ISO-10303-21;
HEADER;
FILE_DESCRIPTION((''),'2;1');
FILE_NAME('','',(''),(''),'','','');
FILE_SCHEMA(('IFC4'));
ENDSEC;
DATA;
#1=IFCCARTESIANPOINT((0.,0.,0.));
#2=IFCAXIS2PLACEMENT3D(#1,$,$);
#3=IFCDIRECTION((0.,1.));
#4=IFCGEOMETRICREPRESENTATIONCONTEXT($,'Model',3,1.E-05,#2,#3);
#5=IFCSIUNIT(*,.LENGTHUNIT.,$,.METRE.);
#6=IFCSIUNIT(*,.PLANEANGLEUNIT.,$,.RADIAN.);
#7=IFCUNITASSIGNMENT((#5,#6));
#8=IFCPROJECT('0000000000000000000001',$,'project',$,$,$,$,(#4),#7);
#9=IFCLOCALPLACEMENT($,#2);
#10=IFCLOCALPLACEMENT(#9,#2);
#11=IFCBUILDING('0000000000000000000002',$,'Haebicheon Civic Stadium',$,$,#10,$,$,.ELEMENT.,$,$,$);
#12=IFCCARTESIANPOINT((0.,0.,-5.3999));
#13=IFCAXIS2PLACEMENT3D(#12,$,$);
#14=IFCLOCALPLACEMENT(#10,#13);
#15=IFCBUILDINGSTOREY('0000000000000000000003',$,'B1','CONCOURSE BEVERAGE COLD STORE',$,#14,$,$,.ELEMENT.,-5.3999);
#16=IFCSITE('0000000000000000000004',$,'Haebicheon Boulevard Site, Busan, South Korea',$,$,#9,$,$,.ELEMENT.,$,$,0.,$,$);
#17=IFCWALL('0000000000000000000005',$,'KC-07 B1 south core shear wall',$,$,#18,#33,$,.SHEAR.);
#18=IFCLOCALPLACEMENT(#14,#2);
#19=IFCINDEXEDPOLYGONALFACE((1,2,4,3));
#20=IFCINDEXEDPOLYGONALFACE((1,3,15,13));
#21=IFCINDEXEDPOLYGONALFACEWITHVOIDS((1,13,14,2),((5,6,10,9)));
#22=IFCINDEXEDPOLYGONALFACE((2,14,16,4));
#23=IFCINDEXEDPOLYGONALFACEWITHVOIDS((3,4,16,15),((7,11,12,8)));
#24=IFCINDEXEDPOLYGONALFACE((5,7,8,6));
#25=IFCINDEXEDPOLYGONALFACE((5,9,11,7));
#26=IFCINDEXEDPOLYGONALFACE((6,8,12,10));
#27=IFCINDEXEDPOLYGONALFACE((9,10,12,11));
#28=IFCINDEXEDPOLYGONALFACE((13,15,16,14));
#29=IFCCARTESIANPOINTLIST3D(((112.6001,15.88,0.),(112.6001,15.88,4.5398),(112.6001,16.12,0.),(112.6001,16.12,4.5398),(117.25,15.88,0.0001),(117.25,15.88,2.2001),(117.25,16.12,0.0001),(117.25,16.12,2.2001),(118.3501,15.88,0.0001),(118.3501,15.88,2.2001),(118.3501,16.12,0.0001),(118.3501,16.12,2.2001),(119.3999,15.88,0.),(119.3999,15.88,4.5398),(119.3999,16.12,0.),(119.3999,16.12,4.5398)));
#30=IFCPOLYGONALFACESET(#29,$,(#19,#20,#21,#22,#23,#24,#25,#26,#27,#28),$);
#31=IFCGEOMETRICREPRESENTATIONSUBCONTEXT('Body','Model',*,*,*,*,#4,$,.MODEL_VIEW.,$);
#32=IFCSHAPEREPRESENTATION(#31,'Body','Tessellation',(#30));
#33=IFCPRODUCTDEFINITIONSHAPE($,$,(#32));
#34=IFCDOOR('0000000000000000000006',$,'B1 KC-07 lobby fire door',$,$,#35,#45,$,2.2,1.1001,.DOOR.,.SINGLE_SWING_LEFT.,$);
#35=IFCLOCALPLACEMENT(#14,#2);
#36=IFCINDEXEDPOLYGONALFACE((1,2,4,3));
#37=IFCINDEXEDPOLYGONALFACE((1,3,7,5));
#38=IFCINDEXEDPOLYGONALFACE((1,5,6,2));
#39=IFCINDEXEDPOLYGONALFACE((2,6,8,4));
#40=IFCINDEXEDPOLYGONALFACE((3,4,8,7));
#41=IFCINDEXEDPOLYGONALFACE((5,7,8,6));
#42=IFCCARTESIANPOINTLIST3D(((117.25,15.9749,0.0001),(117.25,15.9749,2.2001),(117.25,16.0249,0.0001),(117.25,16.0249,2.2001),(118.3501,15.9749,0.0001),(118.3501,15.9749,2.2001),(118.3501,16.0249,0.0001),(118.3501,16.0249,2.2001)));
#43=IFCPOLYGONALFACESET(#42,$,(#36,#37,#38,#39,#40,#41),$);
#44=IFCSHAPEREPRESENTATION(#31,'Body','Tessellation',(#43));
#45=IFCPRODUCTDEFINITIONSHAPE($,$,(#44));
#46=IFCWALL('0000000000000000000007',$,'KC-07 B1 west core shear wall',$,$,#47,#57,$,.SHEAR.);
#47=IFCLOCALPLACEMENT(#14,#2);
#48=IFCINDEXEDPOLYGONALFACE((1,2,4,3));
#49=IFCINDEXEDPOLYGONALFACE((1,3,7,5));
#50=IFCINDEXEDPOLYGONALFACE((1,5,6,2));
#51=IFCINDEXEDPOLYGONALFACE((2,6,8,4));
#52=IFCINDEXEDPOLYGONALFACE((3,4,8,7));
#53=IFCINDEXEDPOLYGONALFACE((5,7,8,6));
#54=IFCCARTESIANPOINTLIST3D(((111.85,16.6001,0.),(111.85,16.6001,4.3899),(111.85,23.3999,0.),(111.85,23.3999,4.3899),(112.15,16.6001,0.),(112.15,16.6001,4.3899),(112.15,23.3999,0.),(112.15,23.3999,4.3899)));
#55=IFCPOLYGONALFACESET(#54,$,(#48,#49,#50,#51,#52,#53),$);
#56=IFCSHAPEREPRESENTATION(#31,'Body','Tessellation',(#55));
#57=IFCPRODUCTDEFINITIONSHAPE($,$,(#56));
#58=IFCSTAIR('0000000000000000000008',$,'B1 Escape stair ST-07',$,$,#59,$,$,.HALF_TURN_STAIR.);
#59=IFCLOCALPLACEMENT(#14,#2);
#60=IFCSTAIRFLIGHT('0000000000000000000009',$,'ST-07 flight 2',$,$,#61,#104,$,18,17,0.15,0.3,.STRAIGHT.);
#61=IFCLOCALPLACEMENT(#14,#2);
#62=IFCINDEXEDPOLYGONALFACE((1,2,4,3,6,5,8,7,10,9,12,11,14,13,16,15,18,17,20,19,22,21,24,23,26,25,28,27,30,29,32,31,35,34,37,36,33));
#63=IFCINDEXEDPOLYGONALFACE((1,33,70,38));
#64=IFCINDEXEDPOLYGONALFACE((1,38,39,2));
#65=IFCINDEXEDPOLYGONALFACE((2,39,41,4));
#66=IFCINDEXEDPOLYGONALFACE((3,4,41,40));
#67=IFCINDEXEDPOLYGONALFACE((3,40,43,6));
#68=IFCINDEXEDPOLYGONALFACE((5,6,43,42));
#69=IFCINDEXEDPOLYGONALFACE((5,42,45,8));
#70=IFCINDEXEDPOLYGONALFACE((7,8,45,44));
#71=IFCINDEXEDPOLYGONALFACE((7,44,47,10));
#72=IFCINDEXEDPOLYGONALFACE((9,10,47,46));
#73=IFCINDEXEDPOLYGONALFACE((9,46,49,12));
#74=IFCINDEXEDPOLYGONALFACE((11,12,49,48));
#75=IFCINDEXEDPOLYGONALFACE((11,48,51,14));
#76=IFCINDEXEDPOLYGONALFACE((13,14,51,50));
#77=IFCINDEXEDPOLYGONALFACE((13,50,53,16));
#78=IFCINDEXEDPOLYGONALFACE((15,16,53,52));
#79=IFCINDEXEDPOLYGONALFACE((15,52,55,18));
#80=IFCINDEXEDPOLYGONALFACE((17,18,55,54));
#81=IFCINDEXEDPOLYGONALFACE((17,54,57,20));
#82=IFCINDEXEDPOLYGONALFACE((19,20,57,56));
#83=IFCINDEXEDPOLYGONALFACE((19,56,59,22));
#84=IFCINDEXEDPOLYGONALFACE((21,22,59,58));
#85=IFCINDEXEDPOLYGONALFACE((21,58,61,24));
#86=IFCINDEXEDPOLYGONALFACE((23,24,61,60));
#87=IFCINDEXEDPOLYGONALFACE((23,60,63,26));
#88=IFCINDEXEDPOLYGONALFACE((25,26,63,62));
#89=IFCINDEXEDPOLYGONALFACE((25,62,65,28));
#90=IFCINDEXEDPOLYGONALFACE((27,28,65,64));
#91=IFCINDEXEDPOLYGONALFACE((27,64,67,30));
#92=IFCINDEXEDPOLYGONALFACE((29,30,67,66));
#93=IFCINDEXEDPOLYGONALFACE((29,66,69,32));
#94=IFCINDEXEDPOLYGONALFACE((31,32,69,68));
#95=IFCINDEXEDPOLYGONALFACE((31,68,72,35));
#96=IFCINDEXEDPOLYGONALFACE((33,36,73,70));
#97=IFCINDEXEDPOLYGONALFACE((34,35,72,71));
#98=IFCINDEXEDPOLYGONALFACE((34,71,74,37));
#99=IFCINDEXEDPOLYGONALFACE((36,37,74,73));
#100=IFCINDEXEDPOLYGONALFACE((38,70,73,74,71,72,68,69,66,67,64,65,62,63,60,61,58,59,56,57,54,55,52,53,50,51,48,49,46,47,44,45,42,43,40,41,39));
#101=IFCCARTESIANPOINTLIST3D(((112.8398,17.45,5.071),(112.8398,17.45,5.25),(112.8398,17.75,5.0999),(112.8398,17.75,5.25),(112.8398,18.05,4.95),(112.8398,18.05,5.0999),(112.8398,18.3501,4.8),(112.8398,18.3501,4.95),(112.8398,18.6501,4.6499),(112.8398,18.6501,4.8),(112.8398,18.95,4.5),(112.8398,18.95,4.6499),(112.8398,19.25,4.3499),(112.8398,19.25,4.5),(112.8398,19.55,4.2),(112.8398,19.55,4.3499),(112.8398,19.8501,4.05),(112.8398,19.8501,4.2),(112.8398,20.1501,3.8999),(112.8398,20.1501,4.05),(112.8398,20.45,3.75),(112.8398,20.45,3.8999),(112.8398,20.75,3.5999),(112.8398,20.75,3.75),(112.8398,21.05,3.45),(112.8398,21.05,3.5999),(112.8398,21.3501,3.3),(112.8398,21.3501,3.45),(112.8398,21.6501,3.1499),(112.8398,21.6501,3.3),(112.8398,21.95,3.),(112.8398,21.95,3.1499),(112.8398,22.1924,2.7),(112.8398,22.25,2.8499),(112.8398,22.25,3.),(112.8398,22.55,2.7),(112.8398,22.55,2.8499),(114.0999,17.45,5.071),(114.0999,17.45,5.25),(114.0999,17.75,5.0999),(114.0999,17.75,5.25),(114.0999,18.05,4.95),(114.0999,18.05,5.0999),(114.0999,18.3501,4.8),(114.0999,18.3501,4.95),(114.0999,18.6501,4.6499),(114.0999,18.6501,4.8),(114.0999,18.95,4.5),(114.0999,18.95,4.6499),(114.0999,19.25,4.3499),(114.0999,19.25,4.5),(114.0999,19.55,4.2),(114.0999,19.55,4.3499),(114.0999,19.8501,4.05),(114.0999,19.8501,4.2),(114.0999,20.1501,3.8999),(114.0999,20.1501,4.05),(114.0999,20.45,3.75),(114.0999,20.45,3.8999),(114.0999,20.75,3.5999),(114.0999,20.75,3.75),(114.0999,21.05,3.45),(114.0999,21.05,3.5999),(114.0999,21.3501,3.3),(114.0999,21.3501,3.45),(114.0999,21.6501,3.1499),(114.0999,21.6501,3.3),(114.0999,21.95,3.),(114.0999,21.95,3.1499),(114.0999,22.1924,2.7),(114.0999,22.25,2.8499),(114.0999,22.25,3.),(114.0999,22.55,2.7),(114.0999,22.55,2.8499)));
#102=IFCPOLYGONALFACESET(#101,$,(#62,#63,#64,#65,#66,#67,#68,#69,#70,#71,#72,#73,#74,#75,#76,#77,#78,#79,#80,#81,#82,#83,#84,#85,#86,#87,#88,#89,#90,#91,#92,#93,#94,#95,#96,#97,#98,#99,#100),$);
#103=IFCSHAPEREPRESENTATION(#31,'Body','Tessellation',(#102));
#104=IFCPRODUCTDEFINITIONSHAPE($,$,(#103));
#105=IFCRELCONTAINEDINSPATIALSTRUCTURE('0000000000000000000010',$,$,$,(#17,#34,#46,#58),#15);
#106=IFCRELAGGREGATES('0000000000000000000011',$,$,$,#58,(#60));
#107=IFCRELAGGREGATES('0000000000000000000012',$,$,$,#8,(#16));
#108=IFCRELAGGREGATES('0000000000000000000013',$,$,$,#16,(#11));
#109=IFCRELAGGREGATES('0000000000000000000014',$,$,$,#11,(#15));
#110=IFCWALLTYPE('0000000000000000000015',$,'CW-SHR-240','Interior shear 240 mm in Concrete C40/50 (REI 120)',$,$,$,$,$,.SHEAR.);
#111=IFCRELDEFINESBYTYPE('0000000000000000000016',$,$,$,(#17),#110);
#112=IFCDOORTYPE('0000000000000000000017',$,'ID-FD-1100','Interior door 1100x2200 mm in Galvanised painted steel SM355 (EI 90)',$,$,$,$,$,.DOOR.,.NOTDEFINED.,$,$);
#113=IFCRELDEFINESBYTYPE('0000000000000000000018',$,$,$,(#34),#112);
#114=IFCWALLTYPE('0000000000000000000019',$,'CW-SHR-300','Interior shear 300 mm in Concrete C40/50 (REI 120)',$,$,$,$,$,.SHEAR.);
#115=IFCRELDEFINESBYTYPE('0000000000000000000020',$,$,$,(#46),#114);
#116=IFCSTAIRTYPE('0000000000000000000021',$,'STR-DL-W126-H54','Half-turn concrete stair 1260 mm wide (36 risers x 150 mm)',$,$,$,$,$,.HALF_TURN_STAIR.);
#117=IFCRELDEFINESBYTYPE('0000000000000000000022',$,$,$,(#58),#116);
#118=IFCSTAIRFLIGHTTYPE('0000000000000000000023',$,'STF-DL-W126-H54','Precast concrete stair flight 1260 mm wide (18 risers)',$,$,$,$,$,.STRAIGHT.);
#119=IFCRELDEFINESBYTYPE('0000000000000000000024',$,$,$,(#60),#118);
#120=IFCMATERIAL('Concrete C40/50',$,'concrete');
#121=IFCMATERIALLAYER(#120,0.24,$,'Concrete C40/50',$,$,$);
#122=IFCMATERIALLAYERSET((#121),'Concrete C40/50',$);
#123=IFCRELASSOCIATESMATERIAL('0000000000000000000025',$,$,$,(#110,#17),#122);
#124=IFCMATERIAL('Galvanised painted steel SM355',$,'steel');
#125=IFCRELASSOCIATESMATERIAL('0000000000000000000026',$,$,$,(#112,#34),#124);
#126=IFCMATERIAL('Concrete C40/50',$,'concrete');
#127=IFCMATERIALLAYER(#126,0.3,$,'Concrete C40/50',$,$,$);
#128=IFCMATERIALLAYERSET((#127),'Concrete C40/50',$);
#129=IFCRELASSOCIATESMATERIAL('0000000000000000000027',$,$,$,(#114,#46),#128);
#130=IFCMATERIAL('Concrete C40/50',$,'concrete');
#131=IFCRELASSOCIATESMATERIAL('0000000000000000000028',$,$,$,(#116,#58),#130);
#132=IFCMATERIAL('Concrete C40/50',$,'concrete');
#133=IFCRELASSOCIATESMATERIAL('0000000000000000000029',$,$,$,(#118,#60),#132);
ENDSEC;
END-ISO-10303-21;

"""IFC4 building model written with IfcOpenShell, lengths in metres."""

from ifc_helpers import new_model, si_unit, direction, frame, frame_2d, origin, place, context, subcontext, project, spatial, polyline, rectangle, outline, extrude, material, layer, layer_set, type_object, element, fill, aggregate, save


model = new_model("IFC4")

# Units and contexts
model_context = context("Model", 3, precision=1e-05, world=origin(), true_north=direction((0.0, 1.0)))
body_context = subcontext(model_context, "Body", "Model", "MODEL_VIEW")
ifc_project = project(units=[si_unit("LENGTHUNIT", "METRE"), si_unit("PLANEANGLEUNIT", "RADIAN")], contexts=[model_context])

# Site, building, storey
site_placement = place(None, origin())
site = spatial("IfcSite", under=ifc_project, at=site_placement, Name="Haebicheon Boulevard Site, Busan, South Korea", CompositionType="ELEMENT", RefElevation=0.0)
building_placement = place(site_placement, origin())
building = spatial("IfcBuilding", under=site, at=building_placement, Name="Haebicheon Civic Stadium", CompositionType="ELEMENT")
storey_placement = place(building_placement, frame((0.0, 0.0, -5.3999)))
storey = spatial("IfcBuildingStorey", under=building, at=storey_placement, Name="B1", Description="CONCOURSE BEVERAGE COLD STORE", CompositionType="ELEMENT", Elevation=-5.3999)

# Wall, opening, door
ifc_material_1 = material(Name="Concrete C40/50", Category="concrete")
ifc_layer_1 = layer(ifc_material_1, 0.24, Name="Concrete C40/50")
ifc_layer_set_1 = layer_set([ifc_layer_1], Name="Concrete C40/50")
wall_type_1 = type_object("IfcWallType", Name="CW-SHR-240", Description="Interior shear 240 mm in Concrete C40/50 (REI 120)", PredefinedType="SHEAR", material=ifc_layer_set_1)
wall_1_placement = place(storey_placement, frame((112.6001, 16.0, 0.0), z_axis=(0.0, 0.0, 1.0), x_axis=(1.0, 0.0, 0.0)))
wall_1 = element("IfcWall", 1, at=wall_1_placement, inside=storey, type_object=wall_type_1, material=ifc_layer_set_1, Name="KC-07 B1 south core shear wall", PredefinedType="SHEAR", context=body_context, shape_type="SweptSolid", body=[
    extrude(rectangle(XDim=6.7998, YDim=0.24, at=frame_2d((3.3999, 0.0))), origin(), (0.0, 0.0, 1.0), 4.5398),
])
opening_placement = place(wall_1_placement, frame((4.6499, 0.0, 0.0)))
opening = element("IfcOpeningElement", 2, at=opening_placement, cuts=wall_1, PredefinedType="OPENING", context=body_context, shape_type="SweptSolid", body=[
    extrude(rectangle(XDim=1.1001, YDim=2.2, at=frame_2d((0.55, 1.1001))), frame((0.0, 0.1299, 0.0), z_axis=(0.0, -1.0, 0.0), x_axis=(1.0, 0.0, 0.0)), (0.0, 0.0, 1.0), 0.26),
])
ifc_material_2 = material(Name="Galvanised painted steel SM355", Category="steel")
door_type = type_object("IfcDoorType", Name="ID-FD-1100", Description="Interior door 1100x2200 mm in Galvanised painted steel SM355 (EI 90)", OperationType="NOTDEFINED", PredefinedType="DOOR", material=ifc_material_2)
door_placement = place(opening_placement, origin())
door = element("IfcDoor", 3, at=door_placement, inside=storey, type_object=door_type, material=ifc_material_2, Name="B1 KC-07 lobby fire door", OperationType="SINGLE_SWING_LEFT", OverallHeight=2.2, OverallWidth=1.1001, PredefinedType="DOOR", context=body_context, shape_type="SweptSolid", body=[
    extrude(rectangle(XDim=1.1001, YDim=2.2, at=frame_2d((0.55, 1.1001))), frame((0.0, 0.0249, 0.0), z_axis=(0.0, -1.0, 0.0), x_axis=(1.0, 0.0, 0.0)), (0.0, 0.0, 1.0), 0.05),
])
fill(opening, door)

# Wall
ifc_material_3 = material(Name="Concrete C40/50", Category="concrete")
ifc_layer_2 = layer(ifc_material_3, 0.3, Name="Concrete C40/50")
ifc_layer_set_2 = layer_set([ifc_layer_2], Name="Concrete C40/50")
wall_type_2 = type_object("IfcWallType", Name="CW-SHR-300", Description="Interior shear 300 mm in Concrete C40/50 (REI 120)", PredefinedType="SHEAR", material=ifc_layer_set_2)
wall_2_placement = place(storey_placement, frame((112.0, 16.6001, 0.0), z_axis=(0.0, 0.0, 1.0), x_axis=(0.0, 1.0, 0.0)))
element("IfcWall", 4, at=wall_2_placement, inside=storey, type_object=wall_type_2, material=ifc_layer_set_2, Name="KC-07 B1 west core shear wall", PredefinedType="SHEAR", context=body_context, shape_type="SweptSolid", body=[
    extrude(rectangle(XDim=6.7998, YDim=0.3, at=frame_2d((3.3999, 0.0))), origin(), (0.0, 0.0, 1.0), 4.3899),
])

# Stair, stair flight
ifc_material_4 = material(Name="Concrete C40/50", Category="concrete")
stair_type = type_object("IfcStairType", Name="STR-DL-W126-H54", Description="Half-turn concrete stair 1260 mm wide (36 risers x 150 mm)", PredefinedType="HALF_TURN_STAIR", material=ifc_material_4)
stair_placement = place(storey_placement, origin())
stair = element("IfcStair", 5, at=stair_placement, inside=storey, type_object=stair_type, material=ifc_material_4, Name="B1 Escape stair ST-07", PredefinedType="HALF_TURN_STAIR")
ifc_material_5 = material(Name="Concrete C40/50", Category="concrete")
stair_flight_type = type_object("IfcStairFlightType", Name="STF-DL-W126-H54", Description="Precast concrete stair flight 1260 mm wide (18 risers)", PredefinedType="STRAIGHT", material=ifc_material_5)
stair_flight_placement = place(storey_placement, frame((113.47, 22.55, 2.7), z_axis=(0.0, 0.0, 1.0), x_axis=(0.0, -1.0, 0.0)))
stair_flight = element("IfcStairFlight", 6, at=stair_flight_placement, type_object=stair_flight_type, material=ifc_material_5, Name="ST-07 flight 2", NumberOfRisers=18, NumberOfTreads=17, PredefinedType="STRAIGHT", RiserHeight=0.15, TreadLength=0.3, context=body_context, shape_type="SweptSolid", body=[
    extrude(outline(polyline([(0.0, 0.0), (0.0, 0.1499), (0.3, 0.1499), (0.3, 0.3), (0.6001, 0.3), (0.6001, 0.45), (0.8999, 0.45), (0.8999, 0.6001), (1.2, 0.6001), (1.2, 0.75), (1.5, 0.75), (1.5, 0.8999), (1.8, 0.8999), (1.8, 1.05), (2.1001, 1.05), (2.1001, 1.2), (2.3999, 1.2), (2.3999, 1.3501), (2.7, 1.3501), (2.7, 1.5), (3.0, 1.5), (3.0, 1.6499), (3.3, 1.6499), (3.3, 1.8), (3.6001, 1.8), (3.6001, 1.95), (3.8999, 1.95), (3.8999, 2.1001), (4.2, 2.1001), (4.2, 2.25), (4.5, 2.25), (4.5, 2.3999), (4.8, 2.3999), (4.8, 2.55), (5.1001, 2.55), (5.1001, 2.7), (5.1001, 2.3711), (0.3577, 0.0), (0.0, 0.0)])), frame((0.0, 0.6299, 0.0), z_axis=(0.0, -1.0, 0.0), x_axis=(1.0, 0.0, 0.0)), (0.0, 0.0, 1.0), 1.26),
])
aggregate(stair, [stair_flight])

save(model, "model.ifc")
